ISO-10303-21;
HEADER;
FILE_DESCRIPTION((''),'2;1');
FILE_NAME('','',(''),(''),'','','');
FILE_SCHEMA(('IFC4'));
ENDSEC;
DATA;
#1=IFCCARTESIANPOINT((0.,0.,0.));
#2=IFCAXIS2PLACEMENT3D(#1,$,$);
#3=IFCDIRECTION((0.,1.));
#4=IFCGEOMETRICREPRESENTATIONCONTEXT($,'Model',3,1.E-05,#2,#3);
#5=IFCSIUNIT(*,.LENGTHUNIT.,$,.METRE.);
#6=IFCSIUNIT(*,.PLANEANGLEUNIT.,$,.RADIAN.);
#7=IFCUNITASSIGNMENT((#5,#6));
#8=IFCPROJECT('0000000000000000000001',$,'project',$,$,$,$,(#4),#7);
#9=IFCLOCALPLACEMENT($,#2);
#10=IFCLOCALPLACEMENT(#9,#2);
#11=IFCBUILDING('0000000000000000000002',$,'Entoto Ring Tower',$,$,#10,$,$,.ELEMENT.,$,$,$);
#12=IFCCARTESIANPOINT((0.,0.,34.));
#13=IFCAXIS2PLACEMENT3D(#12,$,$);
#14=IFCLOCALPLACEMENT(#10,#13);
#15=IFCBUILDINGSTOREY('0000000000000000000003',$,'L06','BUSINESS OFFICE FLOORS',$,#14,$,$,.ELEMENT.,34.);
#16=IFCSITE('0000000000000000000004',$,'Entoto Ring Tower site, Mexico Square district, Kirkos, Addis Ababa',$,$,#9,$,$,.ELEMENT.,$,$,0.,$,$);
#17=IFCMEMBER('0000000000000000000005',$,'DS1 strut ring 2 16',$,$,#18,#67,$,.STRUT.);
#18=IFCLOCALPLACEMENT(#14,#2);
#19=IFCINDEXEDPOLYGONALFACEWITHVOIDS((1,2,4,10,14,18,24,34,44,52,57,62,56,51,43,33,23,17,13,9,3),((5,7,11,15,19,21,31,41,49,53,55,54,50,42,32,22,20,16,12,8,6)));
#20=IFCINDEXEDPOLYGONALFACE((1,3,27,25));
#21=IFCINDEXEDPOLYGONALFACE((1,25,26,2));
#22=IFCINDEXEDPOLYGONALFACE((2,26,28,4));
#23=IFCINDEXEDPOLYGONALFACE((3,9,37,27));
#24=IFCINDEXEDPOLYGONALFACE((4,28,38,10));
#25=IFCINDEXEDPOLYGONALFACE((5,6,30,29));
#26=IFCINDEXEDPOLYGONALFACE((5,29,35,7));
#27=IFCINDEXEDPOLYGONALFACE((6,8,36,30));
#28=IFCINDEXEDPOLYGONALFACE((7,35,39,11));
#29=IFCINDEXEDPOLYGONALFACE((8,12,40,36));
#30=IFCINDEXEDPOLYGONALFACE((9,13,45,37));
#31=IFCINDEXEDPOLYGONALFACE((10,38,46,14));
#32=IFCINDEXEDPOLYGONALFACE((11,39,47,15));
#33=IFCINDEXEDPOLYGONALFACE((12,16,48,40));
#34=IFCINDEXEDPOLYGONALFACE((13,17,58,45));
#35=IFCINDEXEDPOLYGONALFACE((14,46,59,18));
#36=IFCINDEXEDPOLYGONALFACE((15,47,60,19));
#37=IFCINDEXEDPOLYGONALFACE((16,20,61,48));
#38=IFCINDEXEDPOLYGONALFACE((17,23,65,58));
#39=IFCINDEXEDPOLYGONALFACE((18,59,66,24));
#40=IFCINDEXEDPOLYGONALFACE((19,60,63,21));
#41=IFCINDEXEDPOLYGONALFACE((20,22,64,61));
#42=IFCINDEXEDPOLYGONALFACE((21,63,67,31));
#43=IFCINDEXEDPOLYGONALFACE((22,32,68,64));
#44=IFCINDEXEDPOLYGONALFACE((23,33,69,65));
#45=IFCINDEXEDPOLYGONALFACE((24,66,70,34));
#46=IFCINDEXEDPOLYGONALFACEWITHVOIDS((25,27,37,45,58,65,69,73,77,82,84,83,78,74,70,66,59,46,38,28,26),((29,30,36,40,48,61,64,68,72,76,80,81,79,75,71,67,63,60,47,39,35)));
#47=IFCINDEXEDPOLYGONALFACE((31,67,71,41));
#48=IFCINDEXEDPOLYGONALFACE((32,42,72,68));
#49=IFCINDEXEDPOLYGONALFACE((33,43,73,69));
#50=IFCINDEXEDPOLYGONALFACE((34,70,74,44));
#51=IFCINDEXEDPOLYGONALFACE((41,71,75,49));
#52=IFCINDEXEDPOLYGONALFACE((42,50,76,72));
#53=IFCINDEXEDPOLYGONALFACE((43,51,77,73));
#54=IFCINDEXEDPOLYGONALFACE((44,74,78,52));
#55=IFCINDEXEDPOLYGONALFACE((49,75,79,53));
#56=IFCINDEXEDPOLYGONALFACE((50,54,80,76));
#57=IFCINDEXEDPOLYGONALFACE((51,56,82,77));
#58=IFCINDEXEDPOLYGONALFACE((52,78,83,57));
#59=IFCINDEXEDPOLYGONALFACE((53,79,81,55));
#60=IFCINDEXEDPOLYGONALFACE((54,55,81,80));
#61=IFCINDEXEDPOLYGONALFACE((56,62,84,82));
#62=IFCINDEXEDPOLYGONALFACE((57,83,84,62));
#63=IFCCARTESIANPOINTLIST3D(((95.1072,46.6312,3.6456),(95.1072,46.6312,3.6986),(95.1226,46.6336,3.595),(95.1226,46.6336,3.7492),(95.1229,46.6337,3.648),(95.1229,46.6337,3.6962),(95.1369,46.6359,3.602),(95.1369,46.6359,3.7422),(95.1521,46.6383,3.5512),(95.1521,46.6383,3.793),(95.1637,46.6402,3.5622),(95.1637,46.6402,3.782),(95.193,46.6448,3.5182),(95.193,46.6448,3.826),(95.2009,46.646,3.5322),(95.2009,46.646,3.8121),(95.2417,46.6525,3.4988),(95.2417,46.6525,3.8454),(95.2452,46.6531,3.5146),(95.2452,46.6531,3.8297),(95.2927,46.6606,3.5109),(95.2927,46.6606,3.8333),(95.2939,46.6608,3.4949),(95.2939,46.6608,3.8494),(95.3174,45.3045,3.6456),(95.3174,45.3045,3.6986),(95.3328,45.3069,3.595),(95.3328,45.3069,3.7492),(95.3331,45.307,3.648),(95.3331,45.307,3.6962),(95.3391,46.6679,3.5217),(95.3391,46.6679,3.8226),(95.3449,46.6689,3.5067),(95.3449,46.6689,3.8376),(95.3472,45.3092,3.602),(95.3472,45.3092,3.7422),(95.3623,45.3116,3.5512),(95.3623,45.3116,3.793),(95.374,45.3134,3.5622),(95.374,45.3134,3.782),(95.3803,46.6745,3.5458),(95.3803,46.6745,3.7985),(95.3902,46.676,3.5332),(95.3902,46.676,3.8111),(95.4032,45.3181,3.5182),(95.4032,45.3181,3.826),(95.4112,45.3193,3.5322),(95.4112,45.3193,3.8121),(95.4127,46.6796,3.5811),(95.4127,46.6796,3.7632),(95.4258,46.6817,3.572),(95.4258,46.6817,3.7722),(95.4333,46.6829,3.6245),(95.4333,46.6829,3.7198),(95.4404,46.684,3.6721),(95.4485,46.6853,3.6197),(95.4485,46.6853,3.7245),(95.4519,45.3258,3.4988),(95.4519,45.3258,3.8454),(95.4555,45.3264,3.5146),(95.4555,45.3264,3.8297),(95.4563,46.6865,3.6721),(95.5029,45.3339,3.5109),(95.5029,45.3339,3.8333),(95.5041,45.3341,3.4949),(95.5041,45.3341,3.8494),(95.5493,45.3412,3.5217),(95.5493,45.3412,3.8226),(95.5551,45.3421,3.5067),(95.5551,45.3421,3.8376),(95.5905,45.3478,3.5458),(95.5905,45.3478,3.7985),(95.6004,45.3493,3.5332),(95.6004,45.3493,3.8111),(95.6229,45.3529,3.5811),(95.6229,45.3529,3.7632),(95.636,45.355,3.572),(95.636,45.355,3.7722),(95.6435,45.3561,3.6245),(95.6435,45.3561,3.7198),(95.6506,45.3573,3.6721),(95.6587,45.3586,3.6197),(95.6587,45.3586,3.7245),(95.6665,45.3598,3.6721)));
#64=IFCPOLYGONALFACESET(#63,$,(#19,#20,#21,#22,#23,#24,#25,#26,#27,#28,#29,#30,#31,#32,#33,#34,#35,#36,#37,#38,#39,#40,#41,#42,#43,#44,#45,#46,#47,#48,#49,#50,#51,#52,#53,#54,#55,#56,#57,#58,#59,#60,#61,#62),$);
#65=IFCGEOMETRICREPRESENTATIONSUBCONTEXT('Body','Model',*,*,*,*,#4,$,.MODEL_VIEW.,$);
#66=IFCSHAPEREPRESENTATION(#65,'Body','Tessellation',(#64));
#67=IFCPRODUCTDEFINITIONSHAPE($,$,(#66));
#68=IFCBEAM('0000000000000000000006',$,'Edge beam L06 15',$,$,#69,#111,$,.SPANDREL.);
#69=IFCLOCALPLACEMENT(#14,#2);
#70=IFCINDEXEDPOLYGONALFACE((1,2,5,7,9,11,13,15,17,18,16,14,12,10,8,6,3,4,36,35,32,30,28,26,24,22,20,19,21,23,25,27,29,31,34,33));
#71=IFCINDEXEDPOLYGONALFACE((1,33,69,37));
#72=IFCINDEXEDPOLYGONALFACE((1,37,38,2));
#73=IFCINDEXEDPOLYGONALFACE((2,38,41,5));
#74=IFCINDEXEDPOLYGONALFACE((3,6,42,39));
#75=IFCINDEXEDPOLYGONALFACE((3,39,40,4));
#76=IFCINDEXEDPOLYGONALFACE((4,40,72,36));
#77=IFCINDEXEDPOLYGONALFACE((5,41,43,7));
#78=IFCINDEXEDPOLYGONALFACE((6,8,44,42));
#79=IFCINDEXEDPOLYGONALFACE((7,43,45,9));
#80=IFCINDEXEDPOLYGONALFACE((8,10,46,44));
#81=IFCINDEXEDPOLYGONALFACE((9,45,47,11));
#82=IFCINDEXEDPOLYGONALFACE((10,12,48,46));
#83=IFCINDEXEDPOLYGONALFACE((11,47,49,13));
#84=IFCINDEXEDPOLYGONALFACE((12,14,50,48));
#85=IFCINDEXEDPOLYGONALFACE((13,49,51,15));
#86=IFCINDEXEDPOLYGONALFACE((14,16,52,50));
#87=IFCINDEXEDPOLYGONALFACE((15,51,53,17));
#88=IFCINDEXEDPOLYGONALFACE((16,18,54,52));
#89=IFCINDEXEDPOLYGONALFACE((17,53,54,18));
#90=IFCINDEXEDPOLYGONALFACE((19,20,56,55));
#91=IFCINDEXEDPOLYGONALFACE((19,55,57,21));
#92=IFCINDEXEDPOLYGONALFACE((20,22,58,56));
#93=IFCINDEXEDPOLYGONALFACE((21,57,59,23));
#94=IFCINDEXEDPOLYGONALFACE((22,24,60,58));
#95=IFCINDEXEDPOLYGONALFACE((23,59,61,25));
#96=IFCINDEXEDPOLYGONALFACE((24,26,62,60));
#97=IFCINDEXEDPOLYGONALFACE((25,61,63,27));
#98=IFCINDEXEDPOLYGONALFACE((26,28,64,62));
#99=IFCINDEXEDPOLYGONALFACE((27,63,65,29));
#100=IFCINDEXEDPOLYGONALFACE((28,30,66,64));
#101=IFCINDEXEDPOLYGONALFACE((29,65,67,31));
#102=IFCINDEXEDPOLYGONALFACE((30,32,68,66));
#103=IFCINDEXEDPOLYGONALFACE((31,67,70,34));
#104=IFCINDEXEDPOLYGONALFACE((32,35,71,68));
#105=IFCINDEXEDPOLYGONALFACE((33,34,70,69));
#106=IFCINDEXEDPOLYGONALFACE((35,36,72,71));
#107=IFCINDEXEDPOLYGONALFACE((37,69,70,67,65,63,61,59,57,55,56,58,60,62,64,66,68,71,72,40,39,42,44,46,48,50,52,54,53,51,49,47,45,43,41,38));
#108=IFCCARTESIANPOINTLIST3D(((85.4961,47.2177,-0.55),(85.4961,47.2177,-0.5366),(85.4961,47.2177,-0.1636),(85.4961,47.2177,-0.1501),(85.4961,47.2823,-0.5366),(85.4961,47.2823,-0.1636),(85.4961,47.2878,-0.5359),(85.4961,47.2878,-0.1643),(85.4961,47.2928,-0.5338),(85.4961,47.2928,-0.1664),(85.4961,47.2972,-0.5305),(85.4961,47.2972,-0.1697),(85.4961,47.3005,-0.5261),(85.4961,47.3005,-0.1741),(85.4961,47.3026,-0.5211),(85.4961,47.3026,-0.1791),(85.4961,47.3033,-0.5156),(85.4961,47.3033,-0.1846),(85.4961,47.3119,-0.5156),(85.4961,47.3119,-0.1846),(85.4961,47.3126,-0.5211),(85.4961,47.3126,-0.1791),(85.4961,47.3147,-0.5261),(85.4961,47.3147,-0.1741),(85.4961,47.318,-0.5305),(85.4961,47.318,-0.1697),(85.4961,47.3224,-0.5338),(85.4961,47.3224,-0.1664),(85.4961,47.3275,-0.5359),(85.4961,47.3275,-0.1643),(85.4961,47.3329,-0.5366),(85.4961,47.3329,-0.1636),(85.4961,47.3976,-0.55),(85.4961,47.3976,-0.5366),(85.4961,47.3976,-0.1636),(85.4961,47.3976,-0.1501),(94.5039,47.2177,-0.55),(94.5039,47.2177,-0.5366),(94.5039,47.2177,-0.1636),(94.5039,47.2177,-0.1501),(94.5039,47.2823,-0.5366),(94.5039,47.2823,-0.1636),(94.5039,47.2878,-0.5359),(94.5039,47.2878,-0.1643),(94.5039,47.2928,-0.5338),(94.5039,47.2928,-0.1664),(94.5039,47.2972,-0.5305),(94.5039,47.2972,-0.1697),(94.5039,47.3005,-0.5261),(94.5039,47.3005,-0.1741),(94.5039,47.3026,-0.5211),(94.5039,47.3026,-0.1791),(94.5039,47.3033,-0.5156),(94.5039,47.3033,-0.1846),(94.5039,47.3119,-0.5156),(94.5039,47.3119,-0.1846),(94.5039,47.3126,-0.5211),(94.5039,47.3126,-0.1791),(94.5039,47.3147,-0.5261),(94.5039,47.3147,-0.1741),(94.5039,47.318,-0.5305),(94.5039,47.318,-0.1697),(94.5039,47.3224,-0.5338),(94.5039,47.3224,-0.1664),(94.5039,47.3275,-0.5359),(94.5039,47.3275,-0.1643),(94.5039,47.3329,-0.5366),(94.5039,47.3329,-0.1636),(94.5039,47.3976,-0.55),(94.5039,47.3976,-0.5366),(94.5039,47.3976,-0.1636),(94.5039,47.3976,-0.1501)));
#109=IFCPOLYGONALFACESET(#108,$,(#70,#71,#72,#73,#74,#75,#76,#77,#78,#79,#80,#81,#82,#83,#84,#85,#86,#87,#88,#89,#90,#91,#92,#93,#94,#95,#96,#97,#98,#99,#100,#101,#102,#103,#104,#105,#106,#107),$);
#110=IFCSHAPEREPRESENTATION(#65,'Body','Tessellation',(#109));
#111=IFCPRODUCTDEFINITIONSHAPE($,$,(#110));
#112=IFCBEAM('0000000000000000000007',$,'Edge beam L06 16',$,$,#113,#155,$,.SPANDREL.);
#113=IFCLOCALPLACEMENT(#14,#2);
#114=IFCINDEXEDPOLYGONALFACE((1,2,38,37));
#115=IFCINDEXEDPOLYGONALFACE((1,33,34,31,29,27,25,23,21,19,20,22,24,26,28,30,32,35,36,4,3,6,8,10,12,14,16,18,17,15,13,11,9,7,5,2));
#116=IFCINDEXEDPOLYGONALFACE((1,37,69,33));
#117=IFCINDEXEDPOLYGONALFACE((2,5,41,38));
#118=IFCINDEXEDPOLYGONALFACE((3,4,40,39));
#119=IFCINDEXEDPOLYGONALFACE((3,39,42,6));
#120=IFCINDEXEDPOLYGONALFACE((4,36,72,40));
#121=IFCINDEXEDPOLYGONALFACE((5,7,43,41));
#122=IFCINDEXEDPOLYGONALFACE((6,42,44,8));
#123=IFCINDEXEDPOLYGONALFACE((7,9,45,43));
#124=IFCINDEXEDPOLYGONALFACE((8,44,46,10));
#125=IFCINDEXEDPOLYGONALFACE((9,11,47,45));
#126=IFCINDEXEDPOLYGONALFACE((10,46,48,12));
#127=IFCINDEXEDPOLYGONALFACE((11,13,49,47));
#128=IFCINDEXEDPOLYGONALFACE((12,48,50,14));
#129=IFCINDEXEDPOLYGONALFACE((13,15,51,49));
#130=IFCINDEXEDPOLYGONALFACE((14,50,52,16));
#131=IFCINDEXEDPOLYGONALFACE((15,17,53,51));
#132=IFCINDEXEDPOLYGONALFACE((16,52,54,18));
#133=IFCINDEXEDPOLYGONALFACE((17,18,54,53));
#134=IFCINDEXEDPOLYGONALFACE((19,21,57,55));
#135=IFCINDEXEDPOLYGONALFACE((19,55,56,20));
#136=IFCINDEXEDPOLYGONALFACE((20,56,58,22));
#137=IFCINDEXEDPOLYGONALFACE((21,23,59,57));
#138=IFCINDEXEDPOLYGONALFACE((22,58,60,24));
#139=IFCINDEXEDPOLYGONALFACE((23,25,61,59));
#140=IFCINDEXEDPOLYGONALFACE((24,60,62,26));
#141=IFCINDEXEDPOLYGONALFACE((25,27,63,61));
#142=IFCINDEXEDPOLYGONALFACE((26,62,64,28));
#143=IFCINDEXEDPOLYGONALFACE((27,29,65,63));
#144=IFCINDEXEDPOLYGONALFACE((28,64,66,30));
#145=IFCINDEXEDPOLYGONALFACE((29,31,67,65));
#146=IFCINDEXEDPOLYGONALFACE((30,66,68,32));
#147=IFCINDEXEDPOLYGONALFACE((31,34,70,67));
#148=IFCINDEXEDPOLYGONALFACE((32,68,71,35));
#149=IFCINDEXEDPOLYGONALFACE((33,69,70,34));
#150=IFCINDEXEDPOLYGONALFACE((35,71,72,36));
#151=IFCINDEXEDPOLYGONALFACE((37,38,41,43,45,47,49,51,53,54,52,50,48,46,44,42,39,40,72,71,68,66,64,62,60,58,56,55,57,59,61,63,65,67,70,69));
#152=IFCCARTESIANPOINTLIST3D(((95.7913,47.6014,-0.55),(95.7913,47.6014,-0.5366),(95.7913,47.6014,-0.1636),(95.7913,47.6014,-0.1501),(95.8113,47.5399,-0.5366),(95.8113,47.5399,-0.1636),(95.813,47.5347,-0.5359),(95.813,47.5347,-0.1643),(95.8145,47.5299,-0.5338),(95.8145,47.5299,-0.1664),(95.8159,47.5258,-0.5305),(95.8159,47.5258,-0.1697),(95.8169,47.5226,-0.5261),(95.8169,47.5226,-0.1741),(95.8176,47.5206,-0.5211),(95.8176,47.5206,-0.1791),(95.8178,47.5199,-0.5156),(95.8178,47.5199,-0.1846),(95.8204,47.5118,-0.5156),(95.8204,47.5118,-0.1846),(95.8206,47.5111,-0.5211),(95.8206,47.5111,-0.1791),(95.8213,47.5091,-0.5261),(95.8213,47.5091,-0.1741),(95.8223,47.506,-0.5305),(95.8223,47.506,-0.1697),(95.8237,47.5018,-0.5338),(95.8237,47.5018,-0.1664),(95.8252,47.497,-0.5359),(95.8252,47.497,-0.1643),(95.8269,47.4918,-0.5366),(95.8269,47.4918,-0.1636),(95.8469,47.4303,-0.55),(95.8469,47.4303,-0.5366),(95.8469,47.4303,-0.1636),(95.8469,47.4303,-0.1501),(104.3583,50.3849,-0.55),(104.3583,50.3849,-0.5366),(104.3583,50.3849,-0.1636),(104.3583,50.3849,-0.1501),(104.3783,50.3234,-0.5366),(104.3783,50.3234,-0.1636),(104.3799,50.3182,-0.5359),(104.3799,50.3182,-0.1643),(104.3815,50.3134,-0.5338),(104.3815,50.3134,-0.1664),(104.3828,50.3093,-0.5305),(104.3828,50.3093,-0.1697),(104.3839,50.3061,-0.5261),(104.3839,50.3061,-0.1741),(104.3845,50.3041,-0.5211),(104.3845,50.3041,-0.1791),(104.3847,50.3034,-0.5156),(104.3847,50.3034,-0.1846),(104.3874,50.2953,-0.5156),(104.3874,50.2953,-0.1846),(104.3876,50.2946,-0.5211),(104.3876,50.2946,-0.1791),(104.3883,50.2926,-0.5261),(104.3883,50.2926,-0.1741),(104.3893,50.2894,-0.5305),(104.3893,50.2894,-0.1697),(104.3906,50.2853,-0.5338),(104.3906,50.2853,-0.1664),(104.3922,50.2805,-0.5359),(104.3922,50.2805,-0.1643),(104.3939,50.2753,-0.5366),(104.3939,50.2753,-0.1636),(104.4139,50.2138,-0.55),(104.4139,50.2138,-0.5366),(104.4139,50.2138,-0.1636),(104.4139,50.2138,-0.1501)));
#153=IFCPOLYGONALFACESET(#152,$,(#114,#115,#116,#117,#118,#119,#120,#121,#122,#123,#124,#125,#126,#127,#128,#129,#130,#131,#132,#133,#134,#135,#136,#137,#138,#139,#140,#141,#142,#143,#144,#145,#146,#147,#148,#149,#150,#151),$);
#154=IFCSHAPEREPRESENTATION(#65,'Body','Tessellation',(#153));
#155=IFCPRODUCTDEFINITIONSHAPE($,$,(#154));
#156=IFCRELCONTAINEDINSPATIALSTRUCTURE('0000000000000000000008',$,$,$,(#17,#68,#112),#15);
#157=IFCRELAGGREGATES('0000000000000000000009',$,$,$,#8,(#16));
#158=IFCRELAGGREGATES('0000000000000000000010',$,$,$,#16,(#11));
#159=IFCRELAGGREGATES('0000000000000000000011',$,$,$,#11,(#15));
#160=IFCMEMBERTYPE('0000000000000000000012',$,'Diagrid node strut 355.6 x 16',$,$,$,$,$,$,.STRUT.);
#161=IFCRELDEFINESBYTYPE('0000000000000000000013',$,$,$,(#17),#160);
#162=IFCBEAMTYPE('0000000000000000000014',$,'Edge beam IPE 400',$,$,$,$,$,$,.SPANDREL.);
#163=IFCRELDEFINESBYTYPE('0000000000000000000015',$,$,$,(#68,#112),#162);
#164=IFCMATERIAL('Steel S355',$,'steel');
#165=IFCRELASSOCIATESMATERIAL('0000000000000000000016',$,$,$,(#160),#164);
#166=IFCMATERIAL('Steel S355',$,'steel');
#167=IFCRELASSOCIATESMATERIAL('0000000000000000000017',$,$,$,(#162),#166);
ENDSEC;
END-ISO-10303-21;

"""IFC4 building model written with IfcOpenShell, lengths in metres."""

from ifc_helpers import new_model, si_unit, direction, frame, origin, origin_2d, place, context, subcontext, project, spatial, circle, hollow_circle, i_section, extrude, material, material_profile, profile_set, type_object, element, save


model = new_model("IFC4")

# Units and contexts
model_context = context("Model", 3, precision=1e-05, world=origin(), true_north=direction((0.0, 1.0)))
body_context = subcontext(model_context, "Body", "Model", "MODEL_VIEW")
ifc_project = project(units=[si_unit("LENGTHUNIT", "METRE"), si_unit("PLANEANGLEUNIT", "RADIAN")], contexts=[model_context])

# Site, building, storey
site_placement = place(None, origin())
site = spatial("IfcSite", under=ifc_project, at=site_placement, Name="Entoto Ring Tower site, Mexico Square district, Kirkos, Addis Ababa", CompositionType="ELEMENT", RefElevation=0.0)
building_placement = place(site_placement, origin())
building = spatial("IfcBuilding", under=site, at=building_placement, Name="Entoto Ring Tower", CompositionType="ELEMENT")
storey_placement = place(building_placement, frame((0.0, 0.0, 34.0)))
storey = spatial("IfcBuildingStorey", under=building, at=storey_placement, Name="L06", Description="BUSINESS OFFICE FLOORS", CompositionType="ELEMENT", Elevation=34.0)

# Member
ifc_material_1 = material(Name="Steel S355", Category="steel")
ifc_material_profile_1 = material_profile(ifc_material_1, hollow_circle(Radius=0.1777, WallThickness=0.0161, at=origin_2d()), Name="CHS 355.6 x 16")
ifc_material_2 = material(Name="Concrete C60/75", Category="concrete")
ifc_material_profile_2 = material_profile(ifc_material_2, circle(Radius=0.1619, at=origin_2d()), Name="Concrete C60/75 infill")
ifc_profile_set_1 = profile_set([ifc_material_profile_1, ifc_material_profile_2], Name="Steel S355")
member_type = type_object("IfcMemberType", Name="Diagrid node strut 355.6 x 16", PredefinedType="STRUT", material=ifc_profile_set_1)
member_placement = place(storey_placement, frame((95.2808, 46.6587, 3.6721), z_axis=(0.156495, -0.987679, 0.0), x_axis=(0.987679, 0.156495, 0.0)))
element("IfcMember", 1, at=member_placement, inside=storey, type_object=member_type, Name="DS1 strut ring 2 16", PredefinedType="STRUT", context=body_context, shape_type="SweptSolid", body=[
    extrude(hollow_circle(Radius=0.1777, WallThickness=0.0161, at=origin_2d()), origin(), (0.0, 0.0, 1.0), 1.3433),
])

# Beams
ifc_material_3 = material(Name="Steel S355", Category="steel")
ifc_material_profile_3 = material_profile(ifc_material_3, i_section(OverallWidth=0.1799, OverallDepth=0.3999, WebThickness=0.0085, FlangeThickness=0.0134, FilletRadius=0.021, at=origin_2d()), Name="IPE 400")
ifc_profile_set_2 = profile_set([ifc_material_profile_3], Name="Steel S355")
beam_type_1 = type_object("IfcBeamType", Name="Edge beam IPE 400", PredefinedType="SPANDREL", material=ifc_profile_set_2)
for number, where, z_axis, x_axis, name in (
    (2, (85.4961, 47.3076, -0.3501), (1.0, 0.0, 0.0), (0.0, 1.0, 0.0), "Edge beam L06 15"),
    (3, (95.8191, 47.5159, -0.3501), (0.95106, 0.309006, 0.0), (-0.309006, 0.95106, 0.0), "Edge beam L06 16"),
):
    element("IfcBeam", number, at=place(storey_placement, frame(where, z_axis=z_axis, x_axis=x_axis)), inside=storey, type_object=beam_type_1, Name=name, PredefinedType="SPANDREL", context=body_context, shape_type="SweptSolid", body=[
        extrude(i_section(OverallWidth=0.1799, OverallDepth=0.3999, WebThickness=0.0085, FlangeThickness=0.0134, FilletRadius=0.021, at=origin_2d()), origin(), (0.0, 0.0, 1.0), 9.0078),
    ])

save(model, "model.ifc")
